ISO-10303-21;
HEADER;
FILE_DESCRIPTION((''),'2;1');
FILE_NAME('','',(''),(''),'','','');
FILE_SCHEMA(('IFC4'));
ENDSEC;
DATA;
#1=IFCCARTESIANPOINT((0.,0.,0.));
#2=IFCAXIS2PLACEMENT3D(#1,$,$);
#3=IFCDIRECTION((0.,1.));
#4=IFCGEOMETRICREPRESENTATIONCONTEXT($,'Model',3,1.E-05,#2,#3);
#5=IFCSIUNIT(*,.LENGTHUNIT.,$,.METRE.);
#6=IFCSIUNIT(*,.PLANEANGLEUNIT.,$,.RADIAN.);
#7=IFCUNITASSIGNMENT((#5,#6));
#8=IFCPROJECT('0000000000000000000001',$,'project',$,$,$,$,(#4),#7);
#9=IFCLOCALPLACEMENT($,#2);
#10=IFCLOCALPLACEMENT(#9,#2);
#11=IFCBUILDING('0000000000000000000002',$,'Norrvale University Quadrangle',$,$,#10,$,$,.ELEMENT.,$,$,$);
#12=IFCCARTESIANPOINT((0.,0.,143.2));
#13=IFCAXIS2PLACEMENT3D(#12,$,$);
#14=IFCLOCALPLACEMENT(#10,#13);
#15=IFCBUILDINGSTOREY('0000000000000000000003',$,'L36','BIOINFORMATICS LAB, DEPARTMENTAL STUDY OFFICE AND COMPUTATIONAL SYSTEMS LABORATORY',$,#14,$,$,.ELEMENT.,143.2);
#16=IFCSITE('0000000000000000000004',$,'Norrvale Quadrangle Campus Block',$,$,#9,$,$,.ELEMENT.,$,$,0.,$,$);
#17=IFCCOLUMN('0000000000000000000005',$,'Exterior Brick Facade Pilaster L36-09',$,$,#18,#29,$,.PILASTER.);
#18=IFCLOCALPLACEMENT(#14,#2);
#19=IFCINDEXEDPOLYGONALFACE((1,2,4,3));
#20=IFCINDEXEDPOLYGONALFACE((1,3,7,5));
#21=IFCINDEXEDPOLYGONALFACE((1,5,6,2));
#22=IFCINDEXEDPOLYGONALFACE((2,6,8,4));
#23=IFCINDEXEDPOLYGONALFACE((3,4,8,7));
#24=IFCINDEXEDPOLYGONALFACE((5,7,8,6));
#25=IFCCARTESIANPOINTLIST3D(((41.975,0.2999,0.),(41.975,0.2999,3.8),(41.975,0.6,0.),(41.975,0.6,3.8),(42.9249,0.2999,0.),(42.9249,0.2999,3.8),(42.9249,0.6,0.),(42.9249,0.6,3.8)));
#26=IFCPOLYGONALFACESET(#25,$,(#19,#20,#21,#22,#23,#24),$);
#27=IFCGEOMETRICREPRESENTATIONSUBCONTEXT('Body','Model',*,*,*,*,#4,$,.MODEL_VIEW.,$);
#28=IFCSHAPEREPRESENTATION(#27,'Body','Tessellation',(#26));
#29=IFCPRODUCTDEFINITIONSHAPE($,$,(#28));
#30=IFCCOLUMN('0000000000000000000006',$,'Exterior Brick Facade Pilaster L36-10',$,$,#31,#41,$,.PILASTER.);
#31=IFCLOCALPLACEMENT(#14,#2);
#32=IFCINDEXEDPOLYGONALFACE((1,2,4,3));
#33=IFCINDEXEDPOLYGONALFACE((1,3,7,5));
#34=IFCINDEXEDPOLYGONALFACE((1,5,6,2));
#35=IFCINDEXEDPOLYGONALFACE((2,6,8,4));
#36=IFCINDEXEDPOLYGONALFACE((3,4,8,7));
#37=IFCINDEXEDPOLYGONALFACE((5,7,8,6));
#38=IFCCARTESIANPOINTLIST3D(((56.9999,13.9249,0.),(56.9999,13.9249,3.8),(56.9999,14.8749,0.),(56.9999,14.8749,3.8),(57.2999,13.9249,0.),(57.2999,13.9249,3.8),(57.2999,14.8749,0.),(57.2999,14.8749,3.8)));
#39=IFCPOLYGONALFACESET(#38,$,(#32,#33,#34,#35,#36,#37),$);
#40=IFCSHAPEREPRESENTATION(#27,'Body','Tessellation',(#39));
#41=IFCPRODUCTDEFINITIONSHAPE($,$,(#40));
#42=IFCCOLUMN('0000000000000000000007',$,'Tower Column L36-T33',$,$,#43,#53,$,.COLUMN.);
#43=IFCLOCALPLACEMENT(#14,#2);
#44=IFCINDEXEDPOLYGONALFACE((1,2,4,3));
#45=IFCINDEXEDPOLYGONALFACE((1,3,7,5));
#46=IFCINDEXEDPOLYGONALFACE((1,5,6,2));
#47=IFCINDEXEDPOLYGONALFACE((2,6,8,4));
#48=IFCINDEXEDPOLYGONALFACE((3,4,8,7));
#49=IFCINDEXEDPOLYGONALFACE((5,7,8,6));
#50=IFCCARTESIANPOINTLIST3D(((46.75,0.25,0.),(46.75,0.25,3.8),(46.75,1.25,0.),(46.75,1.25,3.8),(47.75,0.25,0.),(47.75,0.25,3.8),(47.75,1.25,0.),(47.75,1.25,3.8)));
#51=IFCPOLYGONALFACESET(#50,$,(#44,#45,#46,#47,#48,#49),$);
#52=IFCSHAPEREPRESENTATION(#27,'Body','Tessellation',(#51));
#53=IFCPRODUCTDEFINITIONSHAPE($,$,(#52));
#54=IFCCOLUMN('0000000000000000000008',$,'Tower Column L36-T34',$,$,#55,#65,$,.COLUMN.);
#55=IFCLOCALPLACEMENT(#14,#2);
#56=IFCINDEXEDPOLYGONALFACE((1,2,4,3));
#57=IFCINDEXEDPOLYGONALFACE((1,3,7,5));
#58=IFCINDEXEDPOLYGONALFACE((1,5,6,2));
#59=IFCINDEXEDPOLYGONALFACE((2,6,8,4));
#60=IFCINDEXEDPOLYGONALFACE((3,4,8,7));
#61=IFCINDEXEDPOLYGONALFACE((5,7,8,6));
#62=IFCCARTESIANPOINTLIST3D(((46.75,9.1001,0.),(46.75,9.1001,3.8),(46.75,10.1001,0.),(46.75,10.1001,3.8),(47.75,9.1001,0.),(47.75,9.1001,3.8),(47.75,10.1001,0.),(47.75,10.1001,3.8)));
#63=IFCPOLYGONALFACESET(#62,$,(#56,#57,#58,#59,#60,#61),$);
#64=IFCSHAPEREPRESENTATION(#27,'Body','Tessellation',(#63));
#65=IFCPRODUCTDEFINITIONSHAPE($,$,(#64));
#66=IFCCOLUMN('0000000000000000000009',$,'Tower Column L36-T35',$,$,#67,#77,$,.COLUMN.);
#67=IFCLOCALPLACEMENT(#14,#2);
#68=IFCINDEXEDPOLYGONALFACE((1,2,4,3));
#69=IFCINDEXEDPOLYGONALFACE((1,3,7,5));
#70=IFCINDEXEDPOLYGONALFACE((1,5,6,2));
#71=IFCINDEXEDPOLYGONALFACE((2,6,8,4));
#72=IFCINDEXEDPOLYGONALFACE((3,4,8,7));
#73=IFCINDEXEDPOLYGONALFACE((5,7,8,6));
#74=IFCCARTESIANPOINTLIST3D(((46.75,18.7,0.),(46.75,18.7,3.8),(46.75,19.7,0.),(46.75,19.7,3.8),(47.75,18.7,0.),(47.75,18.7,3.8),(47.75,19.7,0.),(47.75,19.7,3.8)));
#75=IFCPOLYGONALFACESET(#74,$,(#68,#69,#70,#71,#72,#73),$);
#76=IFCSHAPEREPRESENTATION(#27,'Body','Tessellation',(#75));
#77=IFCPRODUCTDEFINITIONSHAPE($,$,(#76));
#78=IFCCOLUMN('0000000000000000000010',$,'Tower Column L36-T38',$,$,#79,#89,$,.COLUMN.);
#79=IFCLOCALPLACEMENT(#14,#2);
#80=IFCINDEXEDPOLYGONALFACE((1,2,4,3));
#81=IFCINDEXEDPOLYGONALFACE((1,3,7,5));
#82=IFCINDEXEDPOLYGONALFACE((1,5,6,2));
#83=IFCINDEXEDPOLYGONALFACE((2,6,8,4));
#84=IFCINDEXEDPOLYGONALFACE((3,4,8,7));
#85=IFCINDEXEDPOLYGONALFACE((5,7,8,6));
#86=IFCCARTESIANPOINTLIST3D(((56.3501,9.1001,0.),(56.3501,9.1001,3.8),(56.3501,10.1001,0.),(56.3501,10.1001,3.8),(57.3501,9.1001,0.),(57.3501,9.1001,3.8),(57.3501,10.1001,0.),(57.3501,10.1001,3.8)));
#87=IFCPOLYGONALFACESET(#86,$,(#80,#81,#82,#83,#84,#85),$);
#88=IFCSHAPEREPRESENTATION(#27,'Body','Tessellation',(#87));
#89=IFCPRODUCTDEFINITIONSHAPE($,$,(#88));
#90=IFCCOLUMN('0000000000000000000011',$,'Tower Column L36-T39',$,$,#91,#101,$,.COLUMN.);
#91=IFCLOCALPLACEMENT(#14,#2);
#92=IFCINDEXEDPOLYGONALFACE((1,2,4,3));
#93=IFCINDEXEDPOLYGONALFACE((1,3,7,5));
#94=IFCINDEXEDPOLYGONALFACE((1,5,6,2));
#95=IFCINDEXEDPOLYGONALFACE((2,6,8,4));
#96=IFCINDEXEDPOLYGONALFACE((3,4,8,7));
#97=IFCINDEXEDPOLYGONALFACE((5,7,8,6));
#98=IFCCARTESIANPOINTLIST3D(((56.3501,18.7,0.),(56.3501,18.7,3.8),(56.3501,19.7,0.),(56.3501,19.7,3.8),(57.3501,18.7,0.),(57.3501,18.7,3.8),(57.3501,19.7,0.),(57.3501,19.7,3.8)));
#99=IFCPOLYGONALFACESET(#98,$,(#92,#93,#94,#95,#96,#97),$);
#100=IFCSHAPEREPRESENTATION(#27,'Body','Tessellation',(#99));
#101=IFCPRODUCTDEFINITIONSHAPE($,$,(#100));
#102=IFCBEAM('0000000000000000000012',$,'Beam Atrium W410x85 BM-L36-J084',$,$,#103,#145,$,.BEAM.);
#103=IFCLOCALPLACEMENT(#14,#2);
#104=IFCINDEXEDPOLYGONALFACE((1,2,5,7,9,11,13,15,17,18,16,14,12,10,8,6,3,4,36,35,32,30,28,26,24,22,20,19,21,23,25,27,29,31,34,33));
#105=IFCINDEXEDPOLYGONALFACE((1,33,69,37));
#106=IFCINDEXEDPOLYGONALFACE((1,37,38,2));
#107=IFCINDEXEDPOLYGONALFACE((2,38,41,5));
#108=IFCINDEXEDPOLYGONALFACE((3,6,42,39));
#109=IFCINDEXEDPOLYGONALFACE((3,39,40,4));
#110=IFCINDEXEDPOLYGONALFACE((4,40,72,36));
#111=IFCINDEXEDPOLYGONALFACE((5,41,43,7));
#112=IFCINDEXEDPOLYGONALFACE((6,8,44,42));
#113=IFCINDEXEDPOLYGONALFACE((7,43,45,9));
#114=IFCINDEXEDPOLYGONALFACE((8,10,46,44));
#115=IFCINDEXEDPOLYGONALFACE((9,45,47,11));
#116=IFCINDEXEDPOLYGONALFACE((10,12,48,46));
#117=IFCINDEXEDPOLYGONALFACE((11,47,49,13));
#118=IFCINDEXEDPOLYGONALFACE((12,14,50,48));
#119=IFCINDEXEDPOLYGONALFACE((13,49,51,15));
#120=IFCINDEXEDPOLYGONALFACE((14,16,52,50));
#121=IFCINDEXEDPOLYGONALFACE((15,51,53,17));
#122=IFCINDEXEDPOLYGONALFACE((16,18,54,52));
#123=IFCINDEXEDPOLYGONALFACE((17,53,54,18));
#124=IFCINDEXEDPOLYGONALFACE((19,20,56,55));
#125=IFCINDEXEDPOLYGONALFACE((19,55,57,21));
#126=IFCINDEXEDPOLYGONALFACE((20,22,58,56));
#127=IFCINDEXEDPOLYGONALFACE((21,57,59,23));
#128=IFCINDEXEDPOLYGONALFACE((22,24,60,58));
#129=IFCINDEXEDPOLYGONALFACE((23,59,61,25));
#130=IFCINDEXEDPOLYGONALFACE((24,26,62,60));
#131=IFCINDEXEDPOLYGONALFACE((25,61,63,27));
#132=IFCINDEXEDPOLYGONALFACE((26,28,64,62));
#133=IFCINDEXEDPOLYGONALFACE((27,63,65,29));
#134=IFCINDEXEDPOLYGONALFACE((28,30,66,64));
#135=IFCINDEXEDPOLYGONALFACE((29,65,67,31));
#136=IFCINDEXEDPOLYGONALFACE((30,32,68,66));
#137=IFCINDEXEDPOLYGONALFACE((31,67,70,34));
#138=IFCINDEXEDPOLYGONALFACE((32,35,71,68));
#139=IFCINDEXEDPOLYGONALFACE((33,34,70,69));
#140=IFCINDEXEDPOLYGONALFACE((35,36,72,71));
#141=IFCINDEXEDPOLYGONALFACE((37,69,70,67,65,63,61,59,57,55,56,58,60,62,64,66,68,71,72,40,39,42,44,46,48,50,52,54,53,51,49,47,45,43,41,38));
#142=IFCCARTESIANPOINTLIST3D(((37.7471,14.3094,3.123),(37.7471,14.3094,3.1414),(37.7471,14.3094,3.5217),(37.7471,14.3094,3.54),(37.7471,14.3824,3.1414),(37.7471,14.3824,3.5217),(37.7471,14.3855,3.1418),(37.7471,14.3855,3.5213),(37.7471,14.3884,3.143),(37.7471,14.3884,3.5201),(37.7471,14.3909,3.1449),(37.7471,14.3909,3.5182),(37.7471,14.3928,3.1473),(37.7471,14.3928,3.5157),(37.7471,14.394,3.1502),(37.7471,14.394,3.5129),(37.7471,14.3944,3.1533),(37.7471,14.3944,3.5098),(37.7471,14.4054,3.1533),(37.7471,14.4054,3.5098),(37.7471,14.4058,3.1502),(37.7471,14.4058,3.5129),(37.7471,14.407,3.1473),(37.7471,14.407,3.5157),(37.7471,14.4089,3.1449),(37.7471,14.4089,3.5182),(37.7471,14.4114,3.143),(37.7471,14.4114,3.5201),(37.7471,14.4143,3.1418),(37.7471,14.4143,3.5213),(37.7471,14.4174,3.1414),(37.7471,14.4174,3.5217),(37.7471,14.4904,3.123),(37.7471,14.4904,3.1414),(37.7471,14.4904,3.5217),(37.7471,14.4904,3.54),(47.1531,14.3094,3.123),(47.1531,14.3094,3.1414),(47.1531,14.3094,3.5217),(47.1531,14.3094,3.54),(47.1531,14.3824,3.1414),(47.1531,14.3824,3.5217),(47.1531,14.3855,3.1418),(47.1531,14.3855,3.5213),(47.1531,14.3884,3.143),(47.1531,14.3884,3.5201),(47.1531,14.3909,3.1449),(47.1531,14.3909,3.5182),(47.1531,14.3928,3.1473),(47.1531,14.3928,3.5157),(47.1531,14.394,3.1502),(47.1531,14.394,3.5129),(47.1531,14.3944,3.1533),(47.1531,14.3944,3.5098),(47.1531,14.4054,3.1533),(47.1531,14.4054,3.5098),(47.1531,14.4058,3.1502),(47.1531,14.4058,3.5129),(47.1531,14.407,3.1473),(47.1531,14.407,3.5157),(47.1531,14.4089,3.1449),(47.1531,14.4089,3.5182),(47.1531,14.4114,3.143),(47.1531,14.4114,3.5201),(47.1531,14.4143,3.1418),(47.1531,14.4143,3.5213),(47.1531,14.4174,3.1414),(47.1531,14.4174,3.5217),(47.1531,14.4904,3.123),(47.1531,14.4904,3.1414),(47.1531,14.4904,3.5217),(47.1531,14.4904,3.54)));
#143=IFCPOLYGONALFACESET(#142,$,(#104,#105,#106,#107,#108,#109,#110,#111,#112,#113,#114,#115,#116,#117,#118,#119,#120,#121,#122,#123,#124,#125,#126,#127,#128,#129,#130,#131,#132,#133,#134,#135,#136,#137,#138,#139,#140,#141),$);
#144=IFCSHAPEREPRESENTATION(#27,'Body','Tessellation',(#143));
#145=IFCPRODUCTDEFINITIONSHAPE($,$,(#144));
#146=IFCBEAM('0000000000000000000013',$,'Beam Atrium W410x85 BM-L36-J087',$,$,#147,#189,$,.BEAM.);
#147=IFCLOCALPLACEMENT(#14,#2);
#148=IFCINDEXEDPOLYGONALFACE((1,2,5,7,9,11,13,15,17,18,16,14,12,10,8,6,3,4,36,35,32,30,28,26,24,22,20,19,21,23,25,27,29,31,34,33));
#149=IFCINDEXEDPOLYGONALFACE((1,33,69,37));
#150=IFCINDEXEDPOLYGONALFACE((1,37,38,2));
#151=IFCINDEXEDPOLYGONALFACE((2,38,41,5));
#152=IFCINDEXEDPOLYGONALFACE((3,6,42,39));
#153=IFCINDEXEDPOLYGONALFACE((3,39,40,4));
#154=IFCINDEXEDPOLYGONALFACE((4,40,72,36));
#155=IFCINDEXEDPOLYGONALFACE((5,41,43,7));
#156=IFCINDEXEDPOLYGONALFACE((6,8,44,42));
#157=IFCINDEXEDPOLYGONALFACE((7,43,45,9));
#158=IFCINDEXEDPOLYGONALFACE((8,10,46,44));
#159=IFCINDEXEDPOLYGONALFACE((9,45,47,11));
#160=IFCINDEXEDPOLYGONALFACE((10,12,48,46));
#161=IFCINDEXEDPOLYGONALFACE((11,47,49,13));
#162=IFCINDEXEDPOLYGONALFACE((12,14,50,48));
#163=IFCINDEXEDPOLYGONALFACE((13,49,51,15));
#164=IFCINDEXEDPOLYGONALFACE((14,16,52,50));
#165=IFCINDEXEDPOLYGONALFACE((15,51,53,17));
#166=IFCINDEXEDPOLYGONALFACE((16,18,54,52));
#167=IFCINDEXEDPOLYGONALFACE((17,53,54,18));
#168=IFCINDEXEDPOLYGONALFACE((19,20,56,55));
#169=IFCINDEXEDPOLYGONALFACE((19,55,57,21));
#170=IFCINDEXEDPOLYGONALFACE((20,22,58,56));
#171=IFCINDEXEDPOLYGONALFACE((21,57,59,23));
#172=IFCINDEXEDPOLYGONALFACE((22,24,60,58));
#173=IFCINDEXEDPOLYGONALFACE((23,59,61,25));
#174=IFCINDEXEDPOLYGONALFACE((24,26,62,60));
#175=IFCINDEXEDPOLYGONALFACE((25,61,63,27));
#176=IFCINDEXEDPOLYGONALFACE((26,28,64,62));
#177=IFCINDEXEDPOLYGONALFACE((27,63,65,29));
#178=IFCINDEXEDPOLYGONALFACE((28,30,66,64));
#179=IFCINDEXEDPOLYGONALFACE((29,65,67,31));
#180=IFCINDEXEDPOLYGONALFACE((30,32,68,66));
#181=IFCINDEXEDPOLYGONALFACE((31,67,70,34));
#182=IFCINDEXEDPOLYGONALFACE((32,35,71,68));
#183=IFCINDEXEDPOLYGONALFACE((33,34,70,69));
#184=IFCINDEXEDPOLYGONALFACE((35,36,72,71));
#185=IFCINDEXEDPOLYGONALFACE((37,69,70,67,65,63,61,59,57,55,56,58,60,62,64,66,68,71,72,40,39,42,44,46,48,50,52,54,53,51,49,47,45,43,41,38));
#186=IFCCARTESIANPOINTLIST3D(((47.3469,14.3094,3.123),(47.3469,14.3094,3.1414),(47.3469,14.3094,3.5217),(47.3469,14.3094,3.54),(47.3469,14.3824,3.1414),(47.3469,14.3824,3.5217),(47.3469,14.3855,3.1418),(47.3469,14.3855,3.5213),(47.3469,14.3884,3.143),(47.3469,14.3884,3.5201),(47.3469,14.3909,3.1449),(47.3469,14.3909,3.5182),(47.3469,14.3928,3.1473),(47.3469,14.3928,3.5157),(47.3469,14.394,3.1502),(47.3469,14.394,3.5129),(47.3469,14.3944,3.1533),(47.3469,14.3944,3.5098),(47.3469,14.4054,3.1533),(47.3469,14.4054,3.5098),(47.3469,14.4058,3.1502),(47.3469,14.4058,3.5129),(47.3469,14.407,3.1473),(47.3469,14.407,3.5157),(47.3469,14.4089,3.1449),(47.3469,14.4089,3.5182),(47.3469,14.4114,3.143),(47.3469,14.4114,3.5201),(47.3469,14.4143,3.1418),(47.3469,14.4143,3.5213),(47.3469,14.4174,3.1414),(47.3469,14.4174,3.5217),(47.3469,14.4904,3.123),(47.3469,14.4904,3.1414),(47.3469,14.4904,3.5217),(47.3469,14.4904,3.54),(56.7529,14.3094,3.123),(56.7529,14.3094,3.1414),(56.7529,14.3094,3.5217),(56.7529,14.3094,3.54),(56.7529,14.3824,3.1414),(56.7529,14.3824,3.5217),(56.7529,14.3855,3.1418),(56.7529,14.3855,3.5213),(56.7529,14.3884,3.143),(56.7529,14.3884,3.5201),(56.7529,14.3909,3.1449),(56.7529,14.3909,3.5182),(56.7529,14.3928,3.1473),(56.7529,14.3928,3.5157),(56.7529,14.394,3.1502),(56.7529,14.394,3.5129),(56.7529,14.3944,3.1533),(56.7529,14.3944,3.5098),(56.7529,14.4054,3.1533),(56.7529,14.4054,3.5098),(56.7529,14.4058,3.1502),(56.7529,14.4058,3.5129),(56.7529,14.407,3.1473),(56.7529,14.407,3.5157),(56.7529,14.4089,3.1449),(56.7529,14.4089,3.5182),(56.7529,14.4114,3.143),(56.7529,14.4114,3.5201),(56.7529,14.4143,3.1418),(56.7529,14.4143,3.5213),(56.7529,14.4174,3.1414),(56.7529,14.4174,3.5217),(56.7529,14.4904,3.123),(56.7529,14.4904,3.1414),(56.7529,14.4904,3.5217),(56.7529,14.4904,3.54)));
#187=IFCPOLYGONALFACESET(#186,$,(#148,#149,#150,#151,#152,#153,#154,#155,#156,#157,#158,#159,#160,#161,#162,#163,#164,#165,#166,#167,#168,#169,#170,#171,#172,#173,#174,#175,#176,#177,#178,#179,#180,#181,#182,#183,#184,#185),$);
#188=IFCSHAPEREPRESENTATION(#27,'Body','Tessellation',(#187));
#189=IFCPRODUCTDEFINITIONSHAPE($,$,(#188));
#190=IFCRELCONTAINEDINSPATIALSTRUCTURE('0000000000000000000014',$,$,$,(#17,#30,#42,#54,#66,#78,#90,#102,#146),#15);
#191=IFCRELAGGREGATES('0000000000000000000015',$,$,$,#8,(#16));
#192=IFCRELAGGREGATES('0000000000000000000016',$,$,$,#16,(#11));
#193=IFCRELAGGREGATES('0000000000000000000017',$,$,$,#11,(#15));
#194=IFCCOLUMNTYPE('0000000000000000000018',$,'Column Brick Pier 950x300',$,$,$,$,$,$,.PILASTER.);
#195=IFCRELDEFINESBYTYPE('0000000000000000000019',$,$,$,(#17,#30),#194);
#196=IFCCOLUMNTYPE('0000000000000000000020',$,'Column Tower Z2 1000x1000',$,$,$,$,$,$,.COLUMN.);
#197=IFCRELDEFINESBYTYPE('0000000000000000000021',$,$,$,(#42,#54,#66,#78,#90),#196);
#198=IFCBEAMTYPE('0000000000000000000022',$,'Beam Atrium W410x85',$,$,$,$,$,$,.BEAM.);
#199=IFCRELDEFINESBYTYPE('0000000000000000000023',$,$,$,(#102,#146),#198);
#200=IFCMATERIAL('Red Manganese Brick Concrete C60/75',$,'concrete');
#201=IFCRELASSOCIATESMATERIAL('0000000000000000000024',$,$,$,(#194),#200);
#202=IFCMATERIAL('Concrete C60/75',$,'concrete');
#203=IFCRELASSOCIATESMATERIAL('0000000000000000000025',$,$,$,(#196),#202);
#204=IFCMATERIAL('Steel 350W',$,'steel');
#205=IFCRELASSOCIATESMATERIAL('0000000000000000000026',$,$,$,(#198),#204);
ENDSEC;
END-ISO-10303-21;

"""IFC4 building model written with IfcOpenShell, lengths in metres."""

from ifc_helpers import new_model, si_unit, direction, frame, origin, origin_2d, place, context, subcontext, project, spatial, rectangle, i_section, extrude, material, material_profile, profile_set, type_object, element, save


model = new_model("IFC4")

# Units and contexts
model_context = context("Model", 3, precision=1e-05, world=origin(), true_north=direction((0.0, 1.0)))
body_context = subcontext(model_context, "Body", "Model", "MODEL_VIEW")
ifc_project = project(units=[si_unit("LENGTHUNIT", "METRE"), si_unit("PLANEANGLEUNIT", "RADIAN")], contexts=[model_context])

# Site, building, storey
site_placement = place(None, origin())
site = spatial("IfcSite", under=ifc_project, at=site_placement, Name="Norrvale Quadrangle Campus Block", CompositionType="ELEMENT", RefElevation=0.0)
building_placement = place(site_placement, origin())
building = spatial("IfcBuilding", under=site, at=building_placement, Name="Norrvale University Quadrangle", CompositionType="ELEMENT")
storey_placement = place(building_placement, frame((0.0, 0.0, 143.2)))
storey = spatial("IfcBuildingStorey", under=building, at=storey_placement, Name="L36", Description="BIOINFORMATICS LAB, DEPARTMENTAL STUDY OFFICE AND COMPUTATIONAL SYSTEMS LABORATORY", CompositionType="ELEMENT", Elevation=143.2)

# Columns
ifc_material_1 = material(Name="Red Manganese Brick Concrete C60/75", Category="concrete")
ifc_material_profile_1 = material_profile(ifc_material_1, rectangle(XDim=0.95, YDim=0.3, at=origin_2d()), Name="Red Manganese Brick Concrete C60/75")
ifc_profile_set_1 = profile_set([ifc_material_profile_1], Name="Red Manganese Brick Concrete C60/75")
column_type_1 = type_object("IfcColumnType", Name="Column Brick Pier 950x300", PredefinedType="PILASTER", material=ifc_profile_set_1)
for number, where, z_axis, x_axis, name in (
    (1, (42.45, 0.45, 0.0), (0.0, 0.0, 1.0), (1.0, 0.0, 0.0), "Exterior Brick Facade Pilaster L36-09"),
    (2, (57.1499, 14.3999, 0.0), (0.0, 0.0, 1.0), (0.0, 1.0, 0.0), "Exterior Brick Facade Pilaster L36-10"),
):
    element("IfcColumn", number, at=place(storey_placement, frame(where, z_axis=z_axis, x_axis=x_axis)), inside=storey, type_object=column_type_1, Name=name, PredefinedType="PILASTER", context=body_context, shape_type="SweptSolid", body=[
        extrude(rectangle(XDim=0.95, YDim=0.3, at=origin_2d()), origin(), (0.0, 0.0, 1.0), 3.8),
    ])
ifc_material_2 = material(Name="Concrete C60/75", Category="concrete")
ifc_material_profile_2 = material_profile(ifc_material_2, rectangle(XDim=1.0, YDim=1.0, at=origin_2d()), Name="Concrete C60/75")
ifc_profile_set_2 = profile_set([ifc_material_profile_2], Name="Concrete C60/75")
column_type_2 = type_object("IfcColumnType", Name="Column Tower Z2 1000x1000", PredefinedType="COLUMN", material=ifc_profile_set_2)
for number, where, z_axis, x_axis, name in (
    (3, (47.25, 0.75, 0.0), (0.0, 0.0, 1.0), (1.0, 0.0, 0.0), "Tower Column L36-T33"),
    (4, (47.25, 9.6001, 0.0), (0.0, 0.0, 1.0), (1.0, 0.0, 0.0), "Tower Column L36-T34"),
    (5, (47.25, 19.2, 0.0), (0.0, 0.0, 1.0), (1.0, 0.0, 0.0), "Tower Column L36-T35"),
    (6, (56.8501, 9.6001, 0.0), (0.0, 0.0, 1.0), (1.0, 0.0, 0.0), "Tower Column L36-T38"),
    (7, (56.8501, 19.2, 0.0), (0.0, 0.0, 1.0), (1.0, 0.0, 0.0), "Tower Column L36-T39"),
):
    element("IfcColumn", number, at=place(storey_placement, frame(where, z_axis=z_axis, x_axis=x_axis)), inside=storey, type_object=column_type_2, Name=name, PredefinedType="COLUMN", context=body_context, shape_type="SweptSolid", body=[
        extrude(rectangle(XDim=1.0, YDim=1.0, at=origin_2d()), origin(), (0.0, 0.0, 1.0), 3.8),
    ])

# Beams
ifc_material_3 = material(Name="Steel 350W", Category="steel")
ifc_material_profile_3 = material_profile(ifc_material_3, i_section(OverallWidth=0.1809, OverallDepth=0.417, WebThickness=0.011, FlangeThickness=0.0183, FilletRadius=0.012, at=origin_2d()), Name="Steel 350W")
ifc_profile_set_3 = profile_set([ifc_material_profile_3], Name="Steel 350W")
beam_type_1 = type_object("IfcBeamType", Name="Beam Atrium W410x85", PredefinedType="BEAM", material=ifc_profile_set_3)
for number, where, z_axis, x_axis, name in (
    (8, (37.7471, 14.3999, 3.3315), (1.0, 0.0, 0.0), (0.0, 1.0, 0.0), "Beam Atrium W410x85 BM-L36-J084"),
    (9, (47.3469, 14.3999, 3.3315), (1.0, 0.0, 0.0), (0.0, 1.0, 0.0), "Beam Atrium W410x85 BM-L36-J087"),
):
    element("IfcBeam", number, at=place(storey_placement, frame(where, z_axis=z_axis, x_axis=x_axis)), inside=storey, type_object=beam_type_1, Name=name, PredefinedType="BEAM", context=body_context, shape_type="SweptSolid", body=[
        extrude(i_section(OverallWidth=0.1809, OverallDepth=0.417, WebThickness=0.011, FlangeThickness=0.0183, FilletRadius=0.012, at=origin_2d()), origin(), (0.0, 0.0, 1.0), 9.406),
    ])

save(model, "model.ifc")
